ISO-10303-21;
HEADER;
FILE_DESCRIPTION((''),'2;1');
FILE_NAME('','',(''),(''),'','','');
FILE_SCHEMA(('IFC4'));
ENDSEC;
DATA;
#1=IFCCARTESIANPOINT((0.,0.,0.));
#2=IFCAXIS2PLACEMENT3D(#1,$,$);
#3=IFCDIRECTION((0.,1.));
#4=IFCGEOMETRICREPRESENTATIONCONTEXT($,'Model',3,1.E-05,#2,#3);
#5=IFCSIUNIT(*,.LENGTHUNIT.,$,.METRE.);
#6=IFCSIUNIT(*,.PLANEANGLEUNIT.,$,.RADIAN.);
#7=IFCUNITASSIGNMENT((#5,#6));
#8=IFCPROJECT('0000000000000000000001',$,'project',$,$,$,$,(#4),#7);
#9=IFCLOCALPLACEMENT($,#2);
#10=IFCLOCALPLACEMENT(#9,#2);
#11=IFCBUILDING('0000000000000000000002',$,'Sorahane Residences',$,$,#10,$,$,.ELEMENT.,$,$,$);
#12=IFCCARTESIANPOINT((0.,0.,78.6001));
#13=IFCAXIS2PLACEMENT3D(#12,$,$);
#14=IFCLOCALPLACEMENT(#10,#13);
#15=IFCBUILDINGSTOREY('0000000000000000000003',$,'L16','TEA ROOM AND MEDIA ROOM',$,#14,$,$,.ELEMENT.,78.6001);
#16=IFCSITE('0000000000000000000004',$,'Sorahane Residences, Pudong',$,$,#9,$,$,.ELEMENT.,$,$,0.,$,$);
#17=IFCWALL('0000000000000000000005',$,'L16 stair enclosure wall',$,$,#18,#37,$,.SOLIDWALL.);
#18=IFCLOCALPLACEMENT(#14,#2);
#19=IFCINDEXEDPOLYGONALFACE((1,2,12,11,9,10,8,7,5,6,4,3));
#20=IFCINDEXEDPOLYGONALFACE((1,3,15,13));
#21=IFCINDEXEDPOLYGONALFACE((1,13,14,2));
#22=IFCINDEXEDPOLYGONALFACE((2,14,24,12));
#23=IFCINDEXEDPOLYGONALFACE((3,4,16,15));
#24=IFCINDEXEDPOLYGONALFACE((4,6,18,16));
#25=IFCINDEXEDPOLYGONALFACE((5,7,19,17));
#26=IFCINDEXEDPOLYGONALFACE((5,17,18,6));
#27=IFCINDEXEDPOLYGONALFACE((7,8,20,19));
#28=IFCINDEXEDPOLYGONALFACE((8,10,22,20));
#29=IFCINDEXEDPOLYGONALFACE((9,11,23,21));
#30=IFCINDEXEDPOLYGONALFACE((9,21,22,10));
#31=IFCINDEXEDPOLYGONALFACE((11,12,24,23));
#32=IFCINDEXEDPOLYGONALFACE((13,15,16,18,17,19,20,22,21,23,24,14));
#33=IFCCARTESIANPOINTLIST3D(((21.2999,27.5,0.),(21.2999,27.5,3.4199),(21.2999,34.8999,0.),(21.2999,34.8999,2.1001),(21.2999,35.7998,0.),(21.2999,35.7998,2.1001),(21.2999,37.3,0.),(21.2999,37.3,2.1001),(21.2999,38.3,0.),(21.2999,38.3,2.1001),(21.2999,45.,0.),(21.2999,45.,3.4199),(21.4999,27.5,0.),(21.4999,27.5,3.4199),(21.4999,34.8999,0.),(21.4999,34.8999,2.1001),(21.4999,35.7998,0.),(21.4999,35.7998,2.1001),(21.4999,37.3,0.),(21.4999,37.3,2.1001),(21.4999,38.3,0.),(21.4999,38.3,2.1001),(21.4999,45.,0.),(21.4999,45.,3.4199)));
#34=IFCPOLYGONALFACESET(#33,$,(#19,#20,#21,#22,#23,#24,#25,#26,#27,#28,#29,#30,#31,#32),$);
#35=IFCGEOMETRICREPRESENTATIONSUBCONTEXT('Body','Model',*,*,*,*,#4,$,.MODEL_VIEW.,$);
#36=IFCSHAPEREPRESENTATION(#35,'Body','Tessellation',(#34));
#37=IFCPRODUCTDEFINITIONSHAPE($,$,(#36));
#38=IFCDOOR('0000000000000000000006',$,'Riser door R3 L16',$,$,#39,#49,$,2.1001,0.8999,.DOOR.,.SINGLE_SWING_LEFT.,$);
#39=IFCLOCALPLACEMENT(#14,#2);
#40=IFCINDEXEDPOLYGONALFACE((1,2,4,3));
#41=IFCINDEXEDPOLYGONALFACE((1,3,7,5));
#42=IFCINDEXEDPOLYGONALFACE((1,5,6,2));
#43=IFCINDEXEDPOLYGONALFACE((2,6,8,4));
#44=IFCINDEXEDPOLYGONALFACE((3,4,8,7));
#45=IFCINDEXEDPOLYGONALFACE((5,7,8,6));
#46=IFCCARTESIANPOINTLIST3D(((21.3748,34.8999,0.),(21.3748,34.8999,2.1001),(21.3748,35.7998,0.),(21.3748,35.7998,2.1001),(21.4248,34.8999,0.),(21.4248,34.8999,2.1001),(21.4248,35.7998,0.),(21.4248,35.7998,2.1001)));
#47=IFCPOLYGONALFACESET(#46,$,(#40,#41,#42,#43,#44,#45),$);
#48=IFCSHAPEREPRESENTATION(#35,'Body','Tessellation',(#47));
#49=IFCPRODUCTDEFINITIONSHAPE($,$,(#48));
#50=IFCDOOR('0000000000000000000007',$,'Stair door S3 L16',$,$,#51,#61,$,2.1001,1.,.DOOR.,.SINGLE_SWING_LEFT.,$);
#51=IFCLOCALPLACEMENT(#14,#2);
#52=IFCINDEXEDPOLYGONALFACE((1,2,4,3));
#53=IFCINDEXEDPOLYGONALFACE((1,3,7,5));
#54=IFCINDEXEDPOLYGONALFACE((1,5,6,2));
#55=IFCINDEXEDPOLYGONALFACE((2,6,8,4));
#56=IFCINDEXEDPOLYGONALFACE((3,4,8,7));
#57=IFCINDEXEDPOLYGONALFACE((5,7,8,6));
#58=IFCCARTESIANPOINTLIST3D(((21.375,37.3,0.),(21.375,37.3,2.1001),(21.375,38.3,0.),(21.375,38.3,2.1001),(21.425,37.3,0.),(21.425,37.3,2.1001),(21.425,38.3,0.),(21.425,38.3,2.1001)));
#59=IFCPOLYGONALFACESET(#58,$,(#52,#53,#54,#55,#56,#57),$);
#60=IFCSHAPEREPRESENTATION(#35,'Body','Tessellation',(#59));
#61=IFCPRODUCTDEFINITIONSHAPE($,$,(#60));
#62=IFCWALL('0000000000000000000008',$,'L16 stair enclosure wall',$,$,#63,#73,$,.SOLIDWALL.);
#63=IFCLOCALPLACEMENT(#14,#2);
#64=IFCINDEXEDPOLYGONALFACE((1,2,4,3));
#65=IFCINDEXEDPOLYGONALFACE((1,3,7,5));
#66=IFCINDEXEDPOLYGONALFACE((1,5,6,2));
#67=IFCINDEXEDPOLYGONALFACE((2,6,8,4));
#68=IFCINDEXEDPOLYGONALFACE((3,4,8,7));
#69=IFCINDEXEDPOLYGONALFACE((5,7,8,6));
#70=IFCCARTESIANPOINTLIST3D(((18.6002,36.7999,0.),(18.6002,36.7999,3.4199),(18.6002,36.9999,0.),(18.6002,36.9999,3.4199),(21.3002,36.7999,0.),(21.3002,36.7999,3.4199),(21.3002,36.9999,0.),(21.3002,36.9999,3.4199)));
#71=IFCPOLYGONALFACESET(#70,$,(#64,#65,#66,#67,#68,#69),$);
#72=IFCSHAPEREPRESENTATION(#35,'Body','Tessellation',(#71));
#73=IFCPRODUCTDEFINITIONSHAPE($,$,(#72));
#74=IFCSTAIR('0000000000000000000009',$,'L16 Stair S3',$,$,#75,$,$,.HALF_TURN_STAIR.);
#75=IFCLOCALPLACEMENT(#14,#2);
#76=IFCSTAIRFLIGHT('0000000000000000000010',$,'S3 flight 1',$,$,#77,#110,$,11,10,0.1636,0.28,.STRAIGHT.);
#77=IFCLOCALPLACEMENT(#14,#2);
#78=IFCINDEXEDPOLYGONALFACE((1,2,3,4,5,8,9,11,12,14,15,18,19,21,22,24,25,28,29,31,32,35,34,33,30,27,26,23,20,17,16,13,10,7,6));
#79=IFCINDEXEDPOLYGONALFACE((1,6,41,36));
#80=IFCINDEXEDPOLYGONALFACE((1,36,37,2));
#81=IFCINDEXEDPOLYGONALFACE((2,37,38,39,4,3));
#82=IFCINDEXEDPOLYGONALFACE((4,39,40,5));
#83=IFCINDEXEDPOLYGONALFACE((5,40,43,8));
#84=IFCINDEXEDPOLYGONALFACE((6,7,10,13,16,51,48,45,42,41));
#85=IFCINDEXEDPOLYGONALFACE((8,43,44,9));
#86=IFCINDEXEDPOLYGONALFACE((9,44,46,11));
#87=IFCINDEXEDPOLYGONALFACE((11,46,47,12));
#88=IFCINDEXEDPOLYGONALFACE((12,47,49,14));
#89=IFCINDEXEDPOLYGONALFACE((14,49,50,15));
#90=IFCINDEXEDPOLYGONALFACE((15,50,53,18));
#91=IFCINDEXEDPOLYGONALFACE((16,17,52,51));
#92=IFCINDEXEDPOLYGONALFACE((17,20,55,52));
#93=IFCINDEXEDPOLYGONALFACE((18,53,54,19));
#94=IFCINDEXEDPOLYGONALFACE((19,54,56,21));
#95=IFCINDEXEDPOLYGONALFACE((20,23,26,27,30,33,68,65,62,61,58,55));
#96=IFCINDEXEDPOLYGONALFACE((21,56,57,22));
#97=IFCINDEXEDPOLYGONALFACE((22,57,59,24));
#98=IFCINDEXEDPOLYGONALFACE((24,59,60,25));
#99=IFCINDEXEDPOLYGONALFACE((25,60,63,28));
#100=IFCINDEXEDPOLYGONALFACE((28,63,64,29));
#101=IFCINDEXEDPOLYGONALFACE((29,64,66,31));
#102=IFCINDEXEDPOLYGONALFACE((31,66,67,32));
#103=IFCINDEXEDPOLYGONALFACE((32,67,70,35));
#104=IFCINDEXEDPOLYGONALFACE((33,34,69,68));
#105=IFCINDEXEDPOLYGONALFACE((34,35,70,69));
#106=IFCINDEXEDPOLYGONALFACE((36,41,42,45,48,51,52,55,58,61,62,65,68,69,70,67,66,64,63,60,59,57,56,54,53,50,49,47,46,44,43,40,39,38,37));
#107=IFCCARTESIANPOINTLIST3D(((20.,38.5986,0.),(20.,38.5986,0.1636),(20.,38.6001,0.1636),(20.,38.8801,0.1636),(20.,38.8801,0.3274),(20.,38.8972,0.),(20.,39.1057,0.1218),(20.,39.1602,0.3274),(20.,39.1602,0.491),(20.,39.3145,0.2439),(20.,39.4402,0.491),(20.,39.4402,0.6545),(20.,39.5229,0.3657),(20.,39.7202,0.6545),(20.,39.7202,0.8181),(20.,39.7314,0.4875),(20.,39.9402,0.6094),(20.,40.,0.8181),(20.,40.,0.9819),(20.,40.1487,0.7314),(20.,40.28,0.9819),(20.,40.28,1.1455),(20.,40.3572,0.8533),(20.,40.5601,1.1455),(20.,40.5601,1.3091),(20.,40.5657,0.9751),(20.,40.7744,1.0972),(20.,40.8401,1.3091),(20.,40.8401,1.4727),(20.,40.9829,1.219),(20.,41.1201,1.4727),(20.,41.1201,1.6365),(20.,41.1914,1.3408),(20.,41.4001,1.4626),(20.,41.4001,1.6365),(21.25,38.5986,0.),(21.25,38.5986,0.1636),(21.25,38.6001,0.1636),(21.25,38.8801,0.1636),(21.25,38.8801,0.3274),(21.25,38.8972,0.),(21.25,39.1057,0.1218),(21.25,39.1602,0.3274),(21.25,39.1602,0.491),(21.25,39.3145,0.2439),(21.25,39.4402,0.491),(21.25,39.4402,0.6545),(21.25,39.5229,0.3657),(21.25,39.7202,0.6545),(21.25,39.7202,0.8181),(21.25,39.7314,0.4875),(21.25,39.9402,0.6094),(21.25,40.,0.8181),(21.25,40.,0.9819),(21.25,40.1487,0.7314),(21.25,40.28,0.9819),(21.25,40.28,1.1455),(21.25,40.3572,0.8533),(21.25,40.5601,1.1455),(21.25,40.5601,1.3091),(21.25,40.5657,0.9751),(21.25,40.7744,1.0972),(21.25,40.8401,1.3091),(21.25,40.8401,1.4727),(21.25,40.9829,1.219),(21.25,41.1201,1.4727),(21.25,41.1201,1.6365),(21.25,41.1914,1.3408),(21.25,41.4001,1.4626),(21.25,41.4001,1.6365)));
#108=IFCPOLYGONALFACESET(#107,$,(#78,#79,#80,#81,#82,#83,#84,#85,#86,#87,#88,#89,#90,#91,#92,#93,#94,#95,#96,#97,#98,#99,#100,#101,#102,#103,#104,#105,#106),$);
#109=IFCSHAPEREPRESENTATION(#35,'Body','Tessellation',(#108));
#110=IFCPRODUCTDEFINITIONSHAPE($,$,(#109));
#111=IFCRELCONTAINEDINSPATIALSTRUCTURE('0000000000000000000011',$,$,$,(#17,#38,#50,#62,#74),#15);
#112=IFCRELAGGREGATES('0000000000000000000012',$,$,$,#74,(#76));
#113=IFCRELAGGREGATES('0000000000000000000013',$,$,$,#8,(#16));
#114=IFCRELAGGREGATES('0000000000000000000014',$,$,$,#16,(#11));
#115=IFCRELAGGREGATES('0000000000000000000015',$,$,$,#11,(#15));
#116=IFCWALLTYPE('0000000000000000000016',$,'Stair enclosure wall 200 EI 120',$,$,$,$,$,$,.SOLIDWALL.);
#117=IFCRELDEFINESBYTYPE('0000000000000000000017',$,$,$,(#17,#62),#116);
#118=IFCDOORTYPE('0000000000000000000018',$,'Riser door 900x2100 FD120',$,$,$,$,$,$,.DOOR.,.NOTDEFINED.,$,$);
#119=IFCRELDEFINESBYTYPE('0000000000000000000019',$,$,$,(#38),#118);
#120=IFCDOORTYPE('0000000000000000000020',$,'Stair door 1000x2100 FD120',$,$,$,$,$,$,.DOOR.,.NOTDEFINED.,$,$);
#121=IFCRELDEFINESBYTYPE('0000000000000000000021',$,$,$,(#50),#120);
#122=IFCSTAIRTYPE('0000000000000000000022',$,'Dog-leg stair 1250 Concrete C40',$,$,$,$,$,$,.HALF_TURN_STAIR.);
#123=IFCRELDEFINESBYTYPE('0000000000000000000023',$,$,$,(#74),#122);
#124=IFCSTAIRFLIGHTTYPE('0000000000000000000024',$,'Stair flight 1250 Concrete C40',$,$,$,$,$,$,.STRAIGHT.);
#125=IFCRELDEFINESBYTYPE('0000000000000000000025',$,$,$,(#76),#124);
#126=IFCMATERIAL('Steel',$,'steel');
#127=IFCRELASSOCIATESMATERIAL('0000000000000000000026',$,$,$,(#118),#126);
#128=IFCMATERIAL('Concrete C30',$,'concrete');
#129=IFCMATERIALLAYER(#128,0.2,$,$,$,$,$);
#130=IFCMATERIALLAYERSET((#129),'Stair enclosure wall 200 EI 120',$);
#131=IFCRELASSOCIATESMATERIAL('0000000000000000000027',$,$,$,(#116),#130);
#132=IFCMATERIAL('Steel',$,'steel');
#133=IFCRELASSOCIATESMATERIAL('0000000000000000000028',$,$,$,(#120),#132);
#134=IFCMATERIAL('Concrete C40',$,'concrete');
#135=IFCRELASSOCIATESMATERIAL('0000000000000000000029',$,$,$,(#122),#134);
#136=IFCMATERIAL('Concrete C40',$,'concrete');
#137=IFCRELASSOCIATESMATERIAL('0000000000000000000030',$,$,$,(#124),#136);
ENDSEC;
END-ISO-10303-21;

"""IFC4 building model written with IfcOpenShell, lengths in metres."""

from ifc_helpers import new_model, si_unit, direction, frame, frame_2d, origin, place, context, subcontext, project, spatial, polyline, rectangle, outline, extrude, material, layer, layer_set, type_object, element, fill, aggregate, save


model = new_model("IFC4")

# Units and contexts
model_context = context("Model", 3, precision=1e-05, world=origin(), true_north=direction((0.0, 1.0)))
body_context = subcontext(model_context, "Body", "Model", "MODEL_VIEW")
ifc_project = project(units=[si_unit("LENGTHUNIT", "METRE"), si_unit("PLANEANGLEUNIT", "RADIAN")], contexts=[model_context])

# Site, building, storey
site_placement = place(None, origin())
site = spatial("IfcSite", under=ifc_project, at=site_placement, Name="Sorahane Residences, Pudong", CompositionType="ELEMENT", RefElevation=0.0)
building_placement = place(site_placement, origin())
building = spatial("IfcBuilding", under=site, at=building_placement, Name="Sorahane Residences", CompositionType="ELEMENT")
storey_placement = place(building_placement, frame((0.0, 0.0, 78.6001)))
storey = spatial("IfcBuildingStorey", under=building, at=storey_placement, Name="L16", Description="TEA ROOM AND MEDIA ROOM", CompositionType="ELEMENT", Elevation=78.6001)

# Shared definitions
ifc_material_1 = material(Name="Steel", Category="steel")
door_type_1 = type_object("IfcDoorType", Name="Riser door 900x2100 FD120", OperationType="NOTDEFINED", PredefinedType="DOOR", material=ifc_material_1)

# Wall, openings, doors
ifc_material_2 = material(Name="Concrete C30", Category="concrete")
ifc_layer_1 = layer(ifc_material_2, 0.2)
ifc_layer_set_1 = layer_set([ifc_layer_1], Name="Stair enclosure wall 200 EI 120")
wall_type_1 = type_object("IfcWallType", Name="Stair enclosure wall 200 EI 120", PredefinedType="SOLIDWALL", material=ifc_layer_set_1)
wall_1_placement = place(storey_placement, frame((21.3999, 27.5, 0.0), z_axis=(0.0, 0.0, 1.0), x_axis=(0.0, 1.0, 0.0)))
wall_1 = element("IfcWall", 1, at=wall_1_placement, inside=storey, type_object=wall_type_1, Name="L16 stair enclosure wall", PredefinedType="SOLIDWALL", context=body_context, shape_type="SweptSolid", body=[
    extrude(rectangle(XDim=17.5, YDim=0.2, at=frame_2d((8.75, 0.0))), origin(), (0.0, 0.0, 1.0), 3.4199),
])
opening_1_placement = place(wall_1_placement, frame((9.8, 0.0, 0.0)))
opening_1 = element("IfcOpeningElement", 2, at=opening_1_placement, cuts=wall_1, PredefinedType="OPENING", context=body_context, shape_type="SweptSolid", body=[
    extrude(rectangle(XDim=1.0, YDim=2.1001, at=frame_2d((0.5, 1.05))), frame((0.0, 0.1099, 0.0), z_axis=(0.0, -1.0, 0.0), x_axis=(1.0, 0.0, 0.0)), (0.0, 0.0, 1.0), 0.22),
])
opening_2_placement = place(wall_1_placement, frame((7.3999, 0.0, 0.0)))
opening_2 = element("IfcOpeningElement", 3, at=opening_2_placement, cuts=wall_1, PredefinedType="OPENING", context=body_context, shape_type="SweptSolid", body=[
    extrude(rectangle(XDim=0.8999, YDim=2.1001, at=frame_2d((0.45, 1.05))), frame((0.0, 0.1099, 0.0), z_axis=(0.0, -1.0, 0.0), x_axis=(1.0, 0.0, 0.0)), (0.0, 0.0, 1.0), 0.22),
])
door_1_placement = place(opening_2_placement, frame((0.8999, 0.0, 0.0), z_axis=(0.0, 0.0, 1.0), x_axis=(-1.0, 0.0, 0.0)))
door_1 = element("IfcDoor", 4, at=door_1_placement, inside=storey, type_object=door_type_1, Name="Riser door R3 L16", OperationType="SINGLE_SWING_LEFT", OverallHeight=2.1001, OverallWidth=0.8999, PredefinedType="DOOR", context=body_context, shape_type="SweptSolid", body=[
    extrude(rectangle(XDim=0.8999, YDim=2.1001, at=frame_2d((0.45, 1.05))), frame((0.0, 0.0249, 0.0), z_axis=(0.0, -1.0, 0.0), x_axis=(1.0, 0.0, 0.0)), (0.0, 0.0, 1.0), 0.05),
])
fill(opening_2, door_1)
ifc_material_3 = material(Name="Steel", Category="steel")
door_type_2 = type_object("IfcDoorType", Name="Stair door 1000x2100 FD120", OperationType="NOTDEFINED", PredefinedType="DOOR", material=ifc_material_3)
door_2_placement = place(opening_1_placement, origin())
door_2 = element("IfcDoor", 5, at=door_2_placement, inside=storey, type_object=door_type_2, Name="Stair door S3 L16", OperationType="SINGLE_SWING_LEFT", OverallHeight=2.1001, OverallWidth=1.0, PredefinedType="DOOR", context=body_context, shape_type="SweptSolid", body=[
    extrude(rectangle(XDim=1.0, YDim=2.1001, at=frame_2d((0.5, 1.05))), frame((0.0, 0.0249, 0.0), z_axis=(0.0, -1.0, 0.0), x_axis=(1.0, 0.0, 0.0)), (0.0, 0.0, 1.0), 0.05),
])
fill(opening_1, door_2)

# Wall
wall_2_placement = place(storey_placement, frame((18.6001, 36.8999, 0.0), z_axis=(0.0, 0.0, 1.0), x_axis=(1.0, 0.0, 0.0)))
element("IfcWall", 6, at=wall_2_placement, inside=storey, type_object=wall_type_1, Name="L16 stair enclosure wall", PredefinedType="SOLIDWALL", context=body_context, shape_type="SweptSolid", body=[
    extrude(rectangle(XDim=2.7, YDim=0.2, at=frame_2d((1.3501, 0.0))), origin(), (0.0, 0.0, 1.0), 3.4199),
])

# Stair, stair flight
ifc_material_4 = material(Name="Concrete C40", Category="concrete")
stair_type = type_object("IfcStairType", Name="Dog-leg stair 1250 Concrete C40", PredefinedType="HALF_TURN_STAIR", material=ifc_material_4)
stair_placement = place(storey_placement, origin())
stair = element("IfcStair", 7, at=stair_placement, inside=storey, type_object=stair_type, Name="L16 Stair S3", PredefinedType="HALF_TURN_STAIR")
ifc_material_5 = material(Name="Concrete C40", Category="concrete")
stair_flight_type = type_object("IfcStairFlightType", Name="Stair flight 1250 Concrete C40", PredefinedType="STRAIGHT", material=ifc_material_5)
stair_flight_placement = place(storey_placement, frame((20.625, 38.6001, 0.0), z_axis=(0.0, 0.0, 1.0), x_axis=(0.0, 1.0, 0.0)))
stair_flight = element("IfcStairFlight", 8, at=stair_flight_placement, type_object=stair_flight_type, Name="S3 flight 1", NumberOfRisers=11, NumberOfTreads=10, PredefinedType="STRAIGHT", RiserHeight=0.1636, TreadLength=0.28, context=body_context, shape_type="SweptSolid", body=[
    extrude(outline(polyline([(-0.0015, 0.0), (-0.0015, 0.1636), (0.0, 0.1636), (0.28, 0.1636), (0.28, 0.3274), (0.5601, 0.3274), (0.5601, 0.491), (0.8401, 0.491), (0.8401, 0.6545), (1.1201, 0.6545), (1.1201, 0.8181), (1.3999, 0.8181), (1.3999, 0.9819), (1.6799, 0.9819), (1.6799, 1.1455), (1.96, 1.1455), (1.96, 1.3091), (2.24, 1.3091), (2.24, 1.4727), (2.52, 1.4727), (2.52, 1.6365), (2.8, 1.6365), (2.8, 1.8), (2.8, 1.4626), (2.5913, 1.3408), (2.3828, 1.219), (2.1743, 1.0972), (1.9656, 0.9751), (1.7571, 0.8533), (1.5486, 0.7314), (1.3401, 0.6094), (1.1313, 0.4875), (0.9229, 0.3657), (0.7144, 0.2439), (0.5056, 0.1218), (0.2971, 0.0), (-0.0015, 0.0)])), frame((0.0, 0.625, 0.0), z_axis=(0.0, -1.0, 0.0), x_axis=(1.0, 0.0, 0.0)), (0.0, 0.0, 1.0), 1.25),
])
aggregate(stair, [stair_flight])

save(model, "model.ifc")
